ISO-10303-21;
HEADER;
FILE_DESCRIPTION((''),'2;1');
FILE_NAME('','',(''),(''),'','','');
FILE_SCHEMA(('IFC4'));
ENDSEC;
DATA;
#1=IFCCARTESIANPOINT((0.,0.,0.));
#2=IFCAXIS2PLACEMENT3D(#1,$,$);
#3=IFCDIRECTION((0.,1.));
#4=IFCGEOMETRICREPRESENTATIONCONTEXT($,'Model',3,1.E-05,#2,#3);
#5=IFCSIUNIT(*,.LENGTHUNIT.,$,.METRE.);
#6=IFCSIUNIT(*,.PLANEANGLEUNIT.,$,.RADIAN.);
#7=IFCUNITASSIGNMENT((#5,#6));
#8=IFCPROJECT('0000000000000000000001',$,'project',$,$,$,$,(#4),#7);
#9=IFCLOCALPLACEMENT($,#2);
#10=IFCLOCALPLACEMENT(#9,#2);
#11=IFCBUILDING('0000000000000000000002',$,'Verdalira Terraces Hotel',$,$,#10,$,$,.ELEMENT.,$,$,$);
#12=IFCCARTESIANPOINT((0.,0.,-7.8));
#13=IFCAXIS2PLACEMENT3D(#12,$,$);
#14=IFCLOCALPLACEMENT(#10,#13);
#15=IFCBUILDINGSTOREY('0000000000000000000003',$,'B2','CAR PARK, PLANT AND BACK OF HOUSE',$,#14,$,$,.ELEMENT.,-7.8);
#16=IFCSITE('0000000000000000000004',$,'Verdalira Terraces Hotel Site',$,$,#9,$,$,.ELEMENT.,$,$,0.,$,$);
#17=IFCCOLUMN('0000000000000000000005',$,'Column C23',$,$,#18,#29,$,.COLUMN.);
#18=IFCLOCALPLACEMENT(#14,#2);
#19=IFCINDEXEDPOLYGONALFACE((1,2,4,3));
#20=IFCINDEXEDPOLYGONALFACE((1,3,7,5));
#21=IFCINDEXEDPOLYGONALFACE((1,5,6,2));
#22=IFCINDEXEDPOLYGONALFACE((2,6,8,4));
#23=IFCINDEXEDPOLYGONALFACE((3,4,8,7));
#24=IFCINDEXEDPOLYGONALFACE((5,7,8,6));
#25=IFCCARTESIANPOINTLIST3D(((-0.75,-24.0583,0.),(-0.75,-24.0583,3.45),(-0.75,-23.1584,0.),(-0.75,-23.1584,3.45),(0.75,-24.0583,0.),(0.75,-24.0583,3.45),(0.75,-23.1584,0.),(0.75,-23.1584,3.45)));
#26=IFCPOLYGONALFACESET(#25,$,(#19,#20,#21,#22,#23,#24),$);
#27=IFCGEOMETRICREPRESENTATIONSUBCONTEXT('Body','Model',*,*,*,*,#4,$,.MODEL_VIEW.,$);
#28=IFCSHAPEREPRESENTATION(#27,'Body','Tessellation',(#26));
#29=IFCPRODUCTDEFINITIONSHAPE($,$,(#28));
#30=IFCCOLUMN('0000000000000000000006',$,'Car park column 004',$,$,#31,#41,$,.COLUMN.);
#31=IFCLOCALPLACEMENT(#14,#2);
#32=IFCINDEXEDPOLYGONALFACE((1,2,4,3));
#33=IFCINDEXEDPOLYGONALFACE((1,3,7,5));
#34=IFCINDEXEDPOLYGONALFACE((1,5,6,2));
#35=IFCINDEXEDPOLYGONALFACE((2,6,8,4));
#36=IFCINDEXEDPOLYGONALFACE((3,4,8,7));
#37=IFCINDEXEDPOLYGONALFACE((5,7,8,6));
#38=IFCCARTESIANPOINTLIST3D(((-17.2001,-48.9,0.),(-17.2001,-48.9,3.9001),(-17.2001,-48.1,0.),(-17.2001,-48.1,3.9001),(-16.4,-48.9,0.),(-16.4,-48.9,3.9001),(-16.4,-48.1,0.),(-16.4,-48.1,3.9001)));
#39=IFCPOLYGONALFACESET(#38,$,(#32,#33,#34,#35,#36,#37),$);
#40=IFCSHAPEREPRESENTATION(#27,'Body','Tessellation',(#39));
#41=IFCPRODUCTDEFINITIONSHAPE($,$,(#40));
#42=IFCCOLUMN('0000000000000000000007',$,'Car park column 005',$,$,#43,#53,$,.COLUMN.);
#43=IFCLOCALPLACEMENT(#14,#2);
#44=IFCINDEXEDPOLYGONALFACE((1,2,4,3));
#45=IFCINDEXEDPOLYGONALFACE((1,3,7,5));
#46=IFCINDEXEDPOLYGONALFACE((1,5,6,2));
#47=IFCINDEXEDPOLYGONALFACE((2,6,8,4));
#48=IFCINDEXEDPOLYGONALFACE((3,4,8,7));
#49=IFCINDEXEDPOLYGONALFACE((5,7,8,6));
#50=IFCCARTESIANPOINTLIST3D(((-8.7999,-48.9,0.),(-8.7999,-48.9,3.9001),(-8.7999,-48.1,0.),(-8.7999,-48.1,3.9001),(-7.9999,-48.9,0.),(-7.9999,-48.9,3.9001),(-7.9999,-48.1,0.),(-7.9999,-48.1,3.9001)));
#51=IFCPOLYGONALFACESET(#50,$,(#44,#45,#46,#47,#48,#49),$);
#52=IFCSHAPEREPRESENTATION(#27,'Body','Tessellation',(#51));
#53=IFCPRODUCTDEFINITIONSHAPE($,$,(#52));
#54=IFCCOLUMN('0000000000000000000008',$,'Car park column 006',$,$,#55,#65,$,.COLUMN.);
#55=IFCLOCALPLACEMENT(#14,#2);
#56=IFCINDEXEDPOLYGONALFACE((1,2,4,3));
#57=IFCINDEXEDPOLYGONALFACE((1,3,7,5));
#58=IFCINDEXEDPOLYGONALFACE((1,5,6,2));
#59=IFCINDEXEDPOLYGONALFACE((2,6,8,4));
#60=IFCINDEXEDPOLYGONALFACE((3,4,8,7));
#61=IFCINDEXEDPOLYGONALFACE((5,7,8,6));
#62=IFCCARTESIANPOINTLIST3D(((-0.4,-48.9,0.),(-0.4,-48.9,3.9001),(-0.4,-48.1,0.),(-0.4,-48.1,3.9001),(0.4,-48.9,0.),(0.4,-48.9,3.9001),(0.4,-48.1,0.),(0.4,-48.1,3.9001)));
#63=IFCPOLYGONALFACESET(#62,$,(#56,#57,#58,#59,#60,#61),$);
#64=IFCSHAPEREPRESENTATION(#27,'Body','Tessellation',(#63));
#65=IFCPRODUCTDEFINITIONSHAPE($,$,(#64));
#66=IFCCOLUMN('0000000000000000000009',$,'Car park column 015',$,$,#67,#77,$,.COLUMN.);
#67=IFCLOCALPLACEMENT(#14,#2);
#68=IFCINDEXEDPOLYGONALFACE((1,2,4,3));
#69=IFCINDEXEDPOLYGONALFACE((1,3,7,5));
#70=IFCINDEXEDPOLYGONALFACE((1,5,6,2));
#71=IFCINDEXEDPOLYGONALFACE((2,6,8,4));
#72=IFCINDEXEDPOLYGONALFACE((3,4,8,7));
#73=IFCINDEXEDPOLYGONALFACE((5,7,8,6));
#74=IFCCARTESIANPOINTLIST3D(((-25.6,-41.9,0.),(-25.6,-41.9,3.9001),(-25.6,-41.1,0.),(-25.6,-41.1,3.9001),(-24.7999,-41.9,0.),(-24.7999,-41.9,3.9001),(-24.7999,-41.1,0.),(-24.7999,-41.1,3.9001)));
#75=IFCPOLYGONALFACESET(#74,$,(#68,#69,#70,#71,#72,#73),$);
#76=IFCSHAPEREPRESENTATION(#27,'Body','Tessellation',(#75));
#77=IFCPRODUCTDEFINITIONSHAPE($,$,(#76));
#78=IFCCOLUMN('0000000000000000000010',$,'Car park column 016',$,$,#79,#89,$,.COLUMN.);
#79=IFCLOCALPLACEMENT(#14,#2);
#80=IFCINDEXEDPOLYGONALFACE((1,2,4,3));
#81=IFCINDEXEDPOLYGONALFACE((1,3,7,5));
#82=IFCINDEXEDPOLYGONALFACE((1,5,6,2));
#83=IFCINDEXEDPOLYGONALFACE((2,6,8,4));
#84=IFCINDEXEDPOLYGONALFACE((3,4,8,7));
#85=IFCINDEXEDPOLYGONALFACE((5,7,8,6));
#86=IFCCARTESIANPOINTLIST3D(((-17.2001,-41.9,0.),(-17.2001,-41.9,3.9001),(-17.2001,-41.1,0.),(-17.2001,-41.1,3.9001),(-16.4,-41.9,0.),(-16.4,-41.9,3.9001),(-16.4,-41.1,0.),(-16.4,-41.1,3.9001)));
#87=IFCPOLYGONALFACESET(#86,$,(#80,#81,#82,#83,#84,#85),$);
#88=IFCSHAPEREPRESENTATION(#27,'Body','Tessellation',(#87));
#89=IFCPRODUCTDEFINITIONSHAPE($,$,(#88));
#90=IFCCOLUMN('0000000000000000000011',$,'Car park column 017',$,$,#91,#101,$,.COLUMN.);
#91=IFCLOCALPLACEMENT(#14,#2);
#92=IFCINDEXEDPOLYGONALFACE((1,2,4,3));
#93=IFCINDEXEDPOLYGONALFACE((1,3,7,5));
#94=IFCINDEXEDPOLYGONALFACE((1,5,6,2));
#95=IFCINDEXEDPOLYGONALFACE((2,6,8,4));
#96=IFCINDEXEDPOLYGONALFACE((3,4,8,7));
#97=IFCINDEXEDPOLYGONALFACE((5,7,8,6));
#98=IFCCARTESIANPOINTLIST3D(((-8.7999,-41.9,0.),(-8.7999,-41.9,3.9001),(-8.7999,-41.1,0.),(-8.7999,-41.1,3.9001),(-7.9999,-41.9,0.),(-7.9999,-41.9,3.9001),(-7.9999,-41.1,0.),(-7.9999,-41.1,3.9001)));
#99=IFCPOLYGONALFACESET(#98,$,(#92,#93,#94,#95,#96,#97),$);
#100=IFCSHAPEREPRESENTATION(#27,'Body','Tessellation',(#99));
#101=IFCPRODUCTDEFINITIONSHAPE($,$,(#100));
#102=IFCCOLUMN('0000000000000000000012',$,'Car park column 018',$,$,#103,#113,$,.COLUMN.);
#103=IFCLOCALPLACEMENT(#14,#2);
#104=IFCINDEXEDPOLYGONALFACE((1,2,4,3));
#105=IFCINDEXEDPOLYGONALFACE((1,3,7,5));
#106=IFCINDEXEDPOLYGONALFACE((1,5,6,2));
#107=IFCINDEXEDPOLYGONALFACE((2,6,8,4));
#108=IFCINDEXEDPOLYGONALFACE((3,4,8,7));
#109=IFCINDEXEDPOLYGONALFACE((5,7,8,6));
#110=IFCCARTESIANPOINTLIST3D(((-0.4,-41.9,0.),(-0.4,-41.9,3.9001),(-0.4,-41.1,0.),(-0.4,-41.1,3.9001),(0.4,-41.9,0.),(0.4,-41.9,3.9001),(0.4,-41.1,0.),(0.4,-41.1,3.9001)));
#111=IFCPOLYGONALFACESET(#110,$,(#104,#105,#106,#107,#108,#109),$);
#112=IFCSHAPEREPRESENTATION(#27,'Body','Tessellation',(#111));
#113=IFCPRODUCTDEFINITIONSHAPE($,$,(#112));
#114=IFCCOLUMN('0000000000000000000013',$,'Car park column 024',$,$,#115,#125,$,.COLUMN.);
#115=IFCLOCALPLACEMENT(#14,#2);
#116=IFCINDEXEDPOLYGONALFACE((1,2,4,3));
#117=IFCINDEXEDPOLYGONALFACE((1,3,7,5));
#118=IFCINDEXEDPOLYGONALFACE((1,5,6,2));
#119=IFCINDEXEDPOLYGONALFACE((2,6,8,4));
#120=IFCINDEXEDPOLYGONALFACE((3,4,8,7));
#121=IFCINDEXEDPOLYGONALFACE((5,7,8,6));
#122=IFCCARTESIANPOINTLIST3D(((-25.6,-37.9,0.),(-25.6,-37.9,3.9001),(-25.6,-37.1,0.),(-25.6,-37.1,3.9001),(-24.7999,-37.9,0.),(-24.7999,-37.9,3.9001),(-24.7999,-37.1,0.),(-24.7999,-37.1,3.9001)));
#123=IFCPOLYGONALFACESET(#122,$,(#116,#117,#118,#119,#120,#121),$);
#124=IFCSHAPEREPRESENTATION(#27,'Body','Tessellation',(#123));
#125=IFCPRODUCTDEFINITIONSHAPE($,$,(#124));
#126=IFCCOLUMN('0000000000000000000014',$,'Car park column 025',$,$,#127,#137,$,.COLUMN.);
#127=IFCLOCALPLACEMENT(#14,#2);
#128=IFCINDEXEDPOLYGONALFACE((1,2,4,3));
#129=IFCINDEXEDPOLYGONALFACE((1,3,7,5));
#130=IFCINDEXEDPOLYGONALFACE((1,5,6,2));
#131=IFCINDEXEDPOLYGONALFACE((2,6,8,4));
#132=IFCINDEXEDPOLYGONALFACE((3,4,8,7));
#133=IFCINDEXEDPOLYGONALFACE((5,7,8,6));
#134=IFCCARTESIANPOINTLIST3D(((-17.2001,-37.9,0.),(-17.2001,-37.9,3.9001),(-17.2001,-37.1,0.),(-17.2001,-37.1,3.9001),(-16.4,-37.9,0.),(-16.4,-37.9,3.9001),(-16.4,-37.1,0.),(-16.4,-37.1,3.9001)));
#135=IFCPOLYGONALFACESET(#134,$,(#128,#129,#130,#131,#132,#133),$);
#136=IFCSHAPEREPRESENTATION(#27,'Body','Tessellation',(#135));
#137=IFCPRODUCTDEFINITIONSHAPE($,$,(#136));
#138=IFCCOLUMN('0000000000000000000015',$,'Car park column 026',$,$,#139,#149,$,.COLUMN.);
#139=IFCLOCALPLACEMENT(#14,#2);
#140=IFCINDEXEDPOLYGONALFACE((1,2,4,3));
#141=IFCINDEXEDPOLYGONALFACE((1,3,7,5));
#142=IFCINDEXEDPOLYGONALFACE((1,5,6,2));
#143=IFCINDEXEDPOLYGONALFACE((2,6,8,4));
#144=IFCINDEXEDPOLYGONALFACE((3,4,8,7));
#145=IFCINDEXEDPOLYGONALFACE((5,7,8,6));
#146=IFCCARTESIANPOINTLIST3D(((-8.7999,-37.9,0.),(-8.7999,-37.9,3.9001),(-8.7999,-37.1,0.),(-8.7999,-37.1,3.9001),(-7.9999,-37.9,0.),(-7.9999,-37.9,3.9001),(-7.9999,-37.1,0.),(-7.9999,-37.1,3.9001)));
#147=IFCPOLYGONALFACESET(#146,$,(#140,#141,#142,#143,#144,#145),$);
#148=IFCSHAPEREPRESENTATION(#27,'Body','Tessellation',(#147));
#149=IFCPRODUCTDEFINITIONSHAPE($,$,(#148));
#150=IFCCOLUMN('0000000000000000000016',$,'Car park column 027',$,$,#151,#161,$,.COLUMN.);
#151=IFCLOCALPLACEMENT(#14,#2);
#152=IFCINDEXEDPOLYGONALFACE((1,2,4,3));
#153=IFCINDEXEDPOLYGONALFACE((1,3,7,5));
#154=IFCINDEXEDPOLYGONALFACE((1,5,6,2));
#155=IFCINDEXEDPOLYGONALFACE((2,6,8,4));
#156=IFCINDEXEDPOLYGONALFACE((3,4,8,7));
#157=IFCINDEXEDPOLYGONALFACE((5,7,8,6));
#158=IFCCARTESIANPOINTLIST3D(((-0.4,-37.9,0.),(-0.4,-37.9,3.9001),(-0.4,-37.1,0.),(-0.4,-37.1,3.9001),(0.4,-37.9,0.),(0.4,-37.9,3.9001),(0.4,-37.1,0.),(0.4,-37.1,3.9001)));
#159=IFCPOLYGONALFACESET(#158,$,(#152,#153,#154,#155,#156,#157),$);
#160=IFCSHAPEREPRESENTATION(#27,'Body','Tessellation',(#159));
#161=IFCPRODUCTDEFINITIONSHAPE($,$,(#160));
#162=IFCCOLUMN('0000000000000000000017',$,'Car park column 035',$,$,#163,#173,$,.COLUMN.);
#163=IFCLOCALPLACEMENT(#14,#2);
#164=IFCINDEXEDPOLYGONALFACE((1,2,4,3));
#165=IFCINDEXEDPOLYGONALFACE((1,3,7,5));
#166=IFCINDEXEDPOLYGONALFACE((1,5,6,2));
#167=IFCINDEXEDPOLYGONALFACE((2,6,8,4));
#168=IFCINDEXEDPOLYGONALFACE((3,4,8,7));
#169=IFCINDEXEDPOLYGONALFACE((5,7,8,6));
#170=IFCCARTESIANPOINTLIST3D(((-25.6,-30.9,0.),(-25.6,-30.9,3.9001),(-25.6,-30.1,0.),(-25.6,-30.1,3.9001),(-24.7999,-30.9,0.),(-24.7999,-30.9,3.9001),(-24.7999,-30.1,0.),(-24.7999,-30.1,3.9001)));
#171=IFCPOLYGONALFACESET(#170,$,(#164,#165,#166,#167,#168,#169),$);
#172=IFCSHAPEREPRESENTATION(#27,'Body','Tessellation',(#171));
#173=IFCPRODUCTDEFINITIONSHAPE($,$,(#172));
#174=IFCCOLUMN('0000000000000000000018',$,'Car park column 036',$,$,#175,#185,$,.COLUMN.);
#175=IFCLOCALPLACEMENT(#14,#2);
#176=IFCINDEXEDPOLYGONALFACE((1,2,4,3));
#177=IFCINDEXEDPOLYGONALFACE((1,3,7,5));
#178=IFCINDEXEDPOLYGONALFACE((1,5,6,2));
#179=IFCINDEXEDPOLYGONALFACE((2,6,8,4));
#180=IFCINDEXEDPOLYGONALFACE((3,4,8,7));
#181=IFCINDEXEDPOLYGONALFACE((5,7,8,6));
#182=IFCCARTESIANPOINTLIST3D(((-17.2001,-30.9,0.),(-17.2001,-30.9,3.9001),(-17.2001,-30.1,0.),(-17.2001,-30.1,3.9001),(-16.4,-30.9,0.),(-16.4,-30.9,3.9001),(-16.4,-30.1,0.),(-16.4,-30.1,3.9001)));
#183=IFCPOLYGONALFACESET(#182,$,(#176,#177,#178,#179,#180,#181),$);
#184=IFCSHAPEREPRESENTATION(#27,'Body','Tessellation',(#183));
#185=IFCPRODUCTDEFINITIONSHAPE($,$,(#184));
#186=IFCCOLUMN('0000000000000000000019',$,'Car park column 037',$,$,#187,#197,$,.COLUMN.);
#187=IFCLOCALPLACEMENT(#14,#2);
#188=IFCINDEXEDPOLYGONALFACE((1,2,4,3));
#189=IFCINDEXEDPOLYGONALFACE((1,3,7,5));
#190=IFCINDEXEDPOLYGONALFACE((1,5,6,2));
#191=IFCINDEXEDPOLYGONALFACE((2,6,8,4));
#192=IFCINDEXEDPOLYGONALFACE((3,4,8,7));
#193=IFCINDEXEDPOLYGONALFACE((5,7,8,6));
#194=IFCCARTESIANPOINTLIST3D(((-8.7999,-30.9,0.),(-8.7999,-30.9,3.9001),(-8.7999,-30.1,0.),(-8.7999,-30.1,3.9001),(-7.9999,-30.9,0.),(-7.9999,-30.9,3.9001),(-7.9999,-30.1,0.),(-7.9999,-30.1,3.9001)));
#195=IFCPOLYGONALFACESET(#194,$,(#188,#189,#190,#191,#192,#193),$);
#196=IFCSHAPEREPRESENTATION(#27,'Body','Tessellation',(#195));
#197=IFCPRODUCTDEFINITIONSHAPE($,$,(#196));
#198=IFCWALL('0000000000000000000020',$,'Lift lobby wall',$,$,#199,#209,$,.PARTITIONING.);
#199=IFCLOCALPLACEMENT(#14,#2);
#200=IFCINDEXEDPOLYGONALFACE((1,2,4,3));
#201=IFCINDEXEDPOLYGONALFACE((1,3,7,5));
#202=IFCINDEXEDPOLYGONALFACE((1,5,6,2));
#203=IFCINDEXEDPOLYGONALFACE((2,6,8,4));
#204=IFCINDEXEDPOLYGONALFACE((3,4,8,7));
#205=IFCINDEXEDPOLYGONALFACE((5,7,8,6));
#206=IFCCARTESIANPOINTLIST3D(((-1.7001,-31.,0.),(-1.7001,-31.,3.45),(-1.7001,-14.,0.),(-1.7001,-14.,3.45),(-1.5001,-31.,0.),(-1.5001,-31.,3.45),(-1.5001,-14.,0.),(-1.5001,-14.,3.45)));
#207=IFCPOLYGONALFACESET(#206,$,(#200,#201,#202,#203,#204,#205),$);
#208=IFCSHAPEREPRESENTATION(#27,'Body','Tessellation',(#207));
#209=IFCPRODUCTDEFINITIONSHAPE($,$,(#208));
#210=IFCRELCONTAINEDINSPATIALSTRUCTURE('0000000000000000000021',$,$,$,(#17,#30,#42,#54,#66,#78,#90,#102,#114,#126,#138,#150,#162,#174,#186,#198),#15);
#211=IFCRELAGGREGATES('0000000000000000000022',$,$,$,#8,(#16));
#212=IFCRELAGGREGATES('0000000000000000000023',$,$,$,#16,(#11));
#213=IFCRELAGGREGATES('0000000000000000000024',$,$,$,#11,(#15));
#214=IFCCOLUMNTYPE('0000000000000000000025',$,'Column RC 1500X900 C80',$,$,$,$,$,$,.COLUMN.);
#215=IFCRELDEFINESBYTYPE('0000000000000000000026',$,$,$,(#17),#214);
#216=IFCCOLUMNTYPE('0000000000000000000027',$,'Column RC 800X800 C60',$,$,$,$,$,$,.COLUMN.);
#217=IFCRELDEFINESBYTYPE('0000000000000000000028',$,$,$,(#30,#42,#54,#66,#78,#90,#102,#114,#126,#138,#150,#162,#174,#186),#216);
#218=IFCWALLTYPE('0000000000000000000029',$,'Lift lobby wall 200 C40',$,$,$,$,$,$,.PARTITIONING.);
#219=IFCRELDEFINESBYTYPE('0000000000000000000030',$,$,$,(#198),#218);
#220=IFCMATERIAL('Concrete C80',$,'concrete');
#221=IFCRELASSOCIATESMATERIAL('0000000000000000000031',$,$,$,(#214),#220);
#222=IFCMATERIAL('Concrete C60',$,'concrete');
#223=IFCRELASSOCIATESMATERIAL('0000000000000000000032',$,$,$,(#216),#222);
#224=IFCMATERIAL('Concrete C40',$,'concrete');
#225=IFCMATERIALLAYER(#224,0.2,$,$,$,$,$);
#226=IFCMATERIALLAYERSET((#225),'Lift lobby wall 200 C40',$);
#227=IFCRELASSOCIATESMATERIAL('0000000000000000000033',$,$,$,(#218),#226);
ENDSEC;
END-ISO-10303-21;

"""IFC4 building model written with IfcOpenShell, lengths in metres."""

from ifc_helpers import new_model, si_unit, direction, frame, frame_2d, origin, origin_2d, place, context, subcontext, project, spatial, rectangle, extrude, material, layer, layer_set, material_profile, profile_set, type_object, element, save


model = new_model("IFC4")

# Units and contexts
model_context = context("Model", 3, precision=1e-05, world=origin(), true_north=direction((0.0, 1.0)))
body_context = subcontext(model_context, "Body", "Model", "MODEL_VIEW")
ifc_project = project(units=[si_unit("LENGTHUNIT", "METRE"), si_unit("PLANEANGLEUNIT", "RADIAN")], contexts=[model_context])

# Site, building, storey
site_placement = place(None, origin())
site = spatial("IfcSite", under=ifc_project, at=site_placement, Name="Verdalira Terraces Hotel Site", CompositionType="ELEMENT", RefElevation=0.0)
building_placement = place(site_placement, origin())
building = spatial("IfcBuilding", under=site, at=building_placement, Name="Verdalira Terraces Hotel", CompositionType="ELEMENT")
storey_placement = place(building_placement, frame((0.0, 0.0, -7.8)))
storey = spatial("IfcBuildingStorey", under=building, at=storey_placement, Name="B2", Description="CAR PARK, PLANT AND BACK OF HOUSE", CompositionType="ELEMENT", Elevation=-7.8)

# Columns
ifc_material_1 = material(Name="Concrete C80", Category="concrete")
ifc_material_profile_1 = material_profile(ifc_material_1, rectangle(XDim=1.5, YDim=0.8999, at=origin_2d()), Name="RC 1500X900")
ifc_profile_set_1 = profile_set([ifc_material_profile_1], Name="Concrete C80")
column_type_1 = type_object("IfcColumnType", Name="Column RC 1500X900 C80", PredefinedType="COLUMN", material=ifc_profile_set_1)
column_placement = place(storey_placement, frame((0.0, -23.6084, 0.0), z_axis=(0.0, 0.0, 1.0), x_axis=(1.0, 0.0, 0.0)))
element("IfcColumn", 1, at=column_placement, inside=storey, type_object=column_type_1, Name="Column C23", PredefinedType="COLUMN", context=body_context, shape_type="SweptSolid", body=[
    extrude(rectangle(XDim=1.5, YDim=0.8999, at=origin_2d()), origin(), (0.0, 0.0, 1.0), 3.45),
])
ifc_material_2 = material(Name="Concrete C60", Category="concrete")
ifc_material_profile_2 = material_profile(ifc_material_2, rectangle(XDim=0.8, YDim=0.8, at=origin_2d()), Name="RC 800X800")
ifc_profile_set_2 = profile_set([ifc_material_profile_2], Name="Concrete C60")
column_type_2 = type_object("IfcColumnType", Name="Column RC 800X800 C60", PredefinedType="COLUMN", material=ifc_profile_set_2)
for number, where, z_axis, x_axis, name in (
    (2, (-16.8, -48.5, 0.0), (0.0, 0.0, 1.0), (1.0, 0.0, 0.0), "Car park column 004"),
    (3, (-8.3999, -48.5, 0.0), (0.0, 0.0, 1.0), (1.0, 0.0, 0.0), "Car park column 005"),
    (4, (0.0, -48.5, 0.0), (0.0, 0.0, 1.0), (1.0, 0.0, 0.0), "Car park column 006"),
    (5, (-25.2, -41.5, 0.0), (0.0, 0.0, 1.0), (1.0, 0.0, 0.0), "Car park column 015"),
    (6, (-16.8, -41.5, 0.0), (0.0, 0.0, 1.0), (1.0, 0.0, 0.0), "Car park column 016"),
    (7, (-8.3999, -41.5, 0.0), (0.0, 0.0, 1.0), (1.0, 0.0, 0.0), "Car park column 017"),
    (8, (0.0, -41.5, 0.0), (0.0, 0.0, 1.0), (1.0, 0.0, 0.0), "Car park column 018"),
    (9, (-25.2, -37.5, 0.0), (0.0, 0.0, 1.0), (1.0, 0.0, 0.0), "Car park column 024"),
    (10, (-16.8, -37.5, 0.0), (0.0, 0.0, 1.0), (1.0, 0.0, 0.0), "Car park column 025"),
    (11, (-8.3999, -37.5, 0.0), (0.0, 0.0, 1.0), (1.0, 0.0, 0.0), "Car park column 026"),
    (12, (0.0, -37.5, 0.0), (0.0, 0.0, 1.0), (1.0, 0.0, 0.0), "Car park column 027"),
    (13, (-25.2, -30.5, 0.0), (0.0, 0.0, 1.0), (1.0, 0.0, 0.0), "Car park column 035"),
    (14, (-16.8, -30.5, 0.0), (0.0, 0.0, 1.0), (1.0, 0.0, 0.0), "Car park column 036"),
    (15, (-8.3999, -30.5, 0.0), (0.0, 0.0, 1.0), (1.0, 0.0, 0.0), "Car park column 037"),
):
    element("IfcColumn", number, at=place(storey_placement, frame(where, z_axis=z_axis, x_axis=x_axis)), inside=storey, type_object=column_type_2, Name=name, PredefinedType="COLUMN", context=body_context, shape_type="SweptSolid", body=[
        extrude(rectangle(XDim=0.8, YDim=0.8, at=origin_2d()), origin(), (0.0, 0.0, 1.0), 3.9001),
    ])

# Wall
ifc_material_3 = material(Name="Concrete C40", Category="concrete")
ifc_layer_1 = layer(ifc_material_3, 0.2)
ifc_layer_set_1 = layer_set([ifc_layer_1], Name="Lift lobby wall 200 C40")
wall_type_1 = type_object("IfcWallType", Name="Lift lobby wall 200 C40", PredefinedType="PARTITIONING", material=ifc_layer_set_1)
wall_1_placement = place(storey_placement, frame((-1.6001, -31.0, 0.0), z_axis=(0.0, 0.0, 1.0), x_axis=(0.0, 1.0, 0.0)))
element("IfcWall", 16, at=wall_1_placement, inside=storey, type_object=wall_type_1, Name="Lift lobby wall", PredefinedType="PARTITIONING", context=body_context, shape_type="SweptSolid", body=[
    extrude(rectangle(XDim=17.0, YDim=0.2, at=frame_2d((8.5, 0.0))), origin(), (0.0, 0.0, 1.0), 3.45),
])

save(model, "model.ifc")
